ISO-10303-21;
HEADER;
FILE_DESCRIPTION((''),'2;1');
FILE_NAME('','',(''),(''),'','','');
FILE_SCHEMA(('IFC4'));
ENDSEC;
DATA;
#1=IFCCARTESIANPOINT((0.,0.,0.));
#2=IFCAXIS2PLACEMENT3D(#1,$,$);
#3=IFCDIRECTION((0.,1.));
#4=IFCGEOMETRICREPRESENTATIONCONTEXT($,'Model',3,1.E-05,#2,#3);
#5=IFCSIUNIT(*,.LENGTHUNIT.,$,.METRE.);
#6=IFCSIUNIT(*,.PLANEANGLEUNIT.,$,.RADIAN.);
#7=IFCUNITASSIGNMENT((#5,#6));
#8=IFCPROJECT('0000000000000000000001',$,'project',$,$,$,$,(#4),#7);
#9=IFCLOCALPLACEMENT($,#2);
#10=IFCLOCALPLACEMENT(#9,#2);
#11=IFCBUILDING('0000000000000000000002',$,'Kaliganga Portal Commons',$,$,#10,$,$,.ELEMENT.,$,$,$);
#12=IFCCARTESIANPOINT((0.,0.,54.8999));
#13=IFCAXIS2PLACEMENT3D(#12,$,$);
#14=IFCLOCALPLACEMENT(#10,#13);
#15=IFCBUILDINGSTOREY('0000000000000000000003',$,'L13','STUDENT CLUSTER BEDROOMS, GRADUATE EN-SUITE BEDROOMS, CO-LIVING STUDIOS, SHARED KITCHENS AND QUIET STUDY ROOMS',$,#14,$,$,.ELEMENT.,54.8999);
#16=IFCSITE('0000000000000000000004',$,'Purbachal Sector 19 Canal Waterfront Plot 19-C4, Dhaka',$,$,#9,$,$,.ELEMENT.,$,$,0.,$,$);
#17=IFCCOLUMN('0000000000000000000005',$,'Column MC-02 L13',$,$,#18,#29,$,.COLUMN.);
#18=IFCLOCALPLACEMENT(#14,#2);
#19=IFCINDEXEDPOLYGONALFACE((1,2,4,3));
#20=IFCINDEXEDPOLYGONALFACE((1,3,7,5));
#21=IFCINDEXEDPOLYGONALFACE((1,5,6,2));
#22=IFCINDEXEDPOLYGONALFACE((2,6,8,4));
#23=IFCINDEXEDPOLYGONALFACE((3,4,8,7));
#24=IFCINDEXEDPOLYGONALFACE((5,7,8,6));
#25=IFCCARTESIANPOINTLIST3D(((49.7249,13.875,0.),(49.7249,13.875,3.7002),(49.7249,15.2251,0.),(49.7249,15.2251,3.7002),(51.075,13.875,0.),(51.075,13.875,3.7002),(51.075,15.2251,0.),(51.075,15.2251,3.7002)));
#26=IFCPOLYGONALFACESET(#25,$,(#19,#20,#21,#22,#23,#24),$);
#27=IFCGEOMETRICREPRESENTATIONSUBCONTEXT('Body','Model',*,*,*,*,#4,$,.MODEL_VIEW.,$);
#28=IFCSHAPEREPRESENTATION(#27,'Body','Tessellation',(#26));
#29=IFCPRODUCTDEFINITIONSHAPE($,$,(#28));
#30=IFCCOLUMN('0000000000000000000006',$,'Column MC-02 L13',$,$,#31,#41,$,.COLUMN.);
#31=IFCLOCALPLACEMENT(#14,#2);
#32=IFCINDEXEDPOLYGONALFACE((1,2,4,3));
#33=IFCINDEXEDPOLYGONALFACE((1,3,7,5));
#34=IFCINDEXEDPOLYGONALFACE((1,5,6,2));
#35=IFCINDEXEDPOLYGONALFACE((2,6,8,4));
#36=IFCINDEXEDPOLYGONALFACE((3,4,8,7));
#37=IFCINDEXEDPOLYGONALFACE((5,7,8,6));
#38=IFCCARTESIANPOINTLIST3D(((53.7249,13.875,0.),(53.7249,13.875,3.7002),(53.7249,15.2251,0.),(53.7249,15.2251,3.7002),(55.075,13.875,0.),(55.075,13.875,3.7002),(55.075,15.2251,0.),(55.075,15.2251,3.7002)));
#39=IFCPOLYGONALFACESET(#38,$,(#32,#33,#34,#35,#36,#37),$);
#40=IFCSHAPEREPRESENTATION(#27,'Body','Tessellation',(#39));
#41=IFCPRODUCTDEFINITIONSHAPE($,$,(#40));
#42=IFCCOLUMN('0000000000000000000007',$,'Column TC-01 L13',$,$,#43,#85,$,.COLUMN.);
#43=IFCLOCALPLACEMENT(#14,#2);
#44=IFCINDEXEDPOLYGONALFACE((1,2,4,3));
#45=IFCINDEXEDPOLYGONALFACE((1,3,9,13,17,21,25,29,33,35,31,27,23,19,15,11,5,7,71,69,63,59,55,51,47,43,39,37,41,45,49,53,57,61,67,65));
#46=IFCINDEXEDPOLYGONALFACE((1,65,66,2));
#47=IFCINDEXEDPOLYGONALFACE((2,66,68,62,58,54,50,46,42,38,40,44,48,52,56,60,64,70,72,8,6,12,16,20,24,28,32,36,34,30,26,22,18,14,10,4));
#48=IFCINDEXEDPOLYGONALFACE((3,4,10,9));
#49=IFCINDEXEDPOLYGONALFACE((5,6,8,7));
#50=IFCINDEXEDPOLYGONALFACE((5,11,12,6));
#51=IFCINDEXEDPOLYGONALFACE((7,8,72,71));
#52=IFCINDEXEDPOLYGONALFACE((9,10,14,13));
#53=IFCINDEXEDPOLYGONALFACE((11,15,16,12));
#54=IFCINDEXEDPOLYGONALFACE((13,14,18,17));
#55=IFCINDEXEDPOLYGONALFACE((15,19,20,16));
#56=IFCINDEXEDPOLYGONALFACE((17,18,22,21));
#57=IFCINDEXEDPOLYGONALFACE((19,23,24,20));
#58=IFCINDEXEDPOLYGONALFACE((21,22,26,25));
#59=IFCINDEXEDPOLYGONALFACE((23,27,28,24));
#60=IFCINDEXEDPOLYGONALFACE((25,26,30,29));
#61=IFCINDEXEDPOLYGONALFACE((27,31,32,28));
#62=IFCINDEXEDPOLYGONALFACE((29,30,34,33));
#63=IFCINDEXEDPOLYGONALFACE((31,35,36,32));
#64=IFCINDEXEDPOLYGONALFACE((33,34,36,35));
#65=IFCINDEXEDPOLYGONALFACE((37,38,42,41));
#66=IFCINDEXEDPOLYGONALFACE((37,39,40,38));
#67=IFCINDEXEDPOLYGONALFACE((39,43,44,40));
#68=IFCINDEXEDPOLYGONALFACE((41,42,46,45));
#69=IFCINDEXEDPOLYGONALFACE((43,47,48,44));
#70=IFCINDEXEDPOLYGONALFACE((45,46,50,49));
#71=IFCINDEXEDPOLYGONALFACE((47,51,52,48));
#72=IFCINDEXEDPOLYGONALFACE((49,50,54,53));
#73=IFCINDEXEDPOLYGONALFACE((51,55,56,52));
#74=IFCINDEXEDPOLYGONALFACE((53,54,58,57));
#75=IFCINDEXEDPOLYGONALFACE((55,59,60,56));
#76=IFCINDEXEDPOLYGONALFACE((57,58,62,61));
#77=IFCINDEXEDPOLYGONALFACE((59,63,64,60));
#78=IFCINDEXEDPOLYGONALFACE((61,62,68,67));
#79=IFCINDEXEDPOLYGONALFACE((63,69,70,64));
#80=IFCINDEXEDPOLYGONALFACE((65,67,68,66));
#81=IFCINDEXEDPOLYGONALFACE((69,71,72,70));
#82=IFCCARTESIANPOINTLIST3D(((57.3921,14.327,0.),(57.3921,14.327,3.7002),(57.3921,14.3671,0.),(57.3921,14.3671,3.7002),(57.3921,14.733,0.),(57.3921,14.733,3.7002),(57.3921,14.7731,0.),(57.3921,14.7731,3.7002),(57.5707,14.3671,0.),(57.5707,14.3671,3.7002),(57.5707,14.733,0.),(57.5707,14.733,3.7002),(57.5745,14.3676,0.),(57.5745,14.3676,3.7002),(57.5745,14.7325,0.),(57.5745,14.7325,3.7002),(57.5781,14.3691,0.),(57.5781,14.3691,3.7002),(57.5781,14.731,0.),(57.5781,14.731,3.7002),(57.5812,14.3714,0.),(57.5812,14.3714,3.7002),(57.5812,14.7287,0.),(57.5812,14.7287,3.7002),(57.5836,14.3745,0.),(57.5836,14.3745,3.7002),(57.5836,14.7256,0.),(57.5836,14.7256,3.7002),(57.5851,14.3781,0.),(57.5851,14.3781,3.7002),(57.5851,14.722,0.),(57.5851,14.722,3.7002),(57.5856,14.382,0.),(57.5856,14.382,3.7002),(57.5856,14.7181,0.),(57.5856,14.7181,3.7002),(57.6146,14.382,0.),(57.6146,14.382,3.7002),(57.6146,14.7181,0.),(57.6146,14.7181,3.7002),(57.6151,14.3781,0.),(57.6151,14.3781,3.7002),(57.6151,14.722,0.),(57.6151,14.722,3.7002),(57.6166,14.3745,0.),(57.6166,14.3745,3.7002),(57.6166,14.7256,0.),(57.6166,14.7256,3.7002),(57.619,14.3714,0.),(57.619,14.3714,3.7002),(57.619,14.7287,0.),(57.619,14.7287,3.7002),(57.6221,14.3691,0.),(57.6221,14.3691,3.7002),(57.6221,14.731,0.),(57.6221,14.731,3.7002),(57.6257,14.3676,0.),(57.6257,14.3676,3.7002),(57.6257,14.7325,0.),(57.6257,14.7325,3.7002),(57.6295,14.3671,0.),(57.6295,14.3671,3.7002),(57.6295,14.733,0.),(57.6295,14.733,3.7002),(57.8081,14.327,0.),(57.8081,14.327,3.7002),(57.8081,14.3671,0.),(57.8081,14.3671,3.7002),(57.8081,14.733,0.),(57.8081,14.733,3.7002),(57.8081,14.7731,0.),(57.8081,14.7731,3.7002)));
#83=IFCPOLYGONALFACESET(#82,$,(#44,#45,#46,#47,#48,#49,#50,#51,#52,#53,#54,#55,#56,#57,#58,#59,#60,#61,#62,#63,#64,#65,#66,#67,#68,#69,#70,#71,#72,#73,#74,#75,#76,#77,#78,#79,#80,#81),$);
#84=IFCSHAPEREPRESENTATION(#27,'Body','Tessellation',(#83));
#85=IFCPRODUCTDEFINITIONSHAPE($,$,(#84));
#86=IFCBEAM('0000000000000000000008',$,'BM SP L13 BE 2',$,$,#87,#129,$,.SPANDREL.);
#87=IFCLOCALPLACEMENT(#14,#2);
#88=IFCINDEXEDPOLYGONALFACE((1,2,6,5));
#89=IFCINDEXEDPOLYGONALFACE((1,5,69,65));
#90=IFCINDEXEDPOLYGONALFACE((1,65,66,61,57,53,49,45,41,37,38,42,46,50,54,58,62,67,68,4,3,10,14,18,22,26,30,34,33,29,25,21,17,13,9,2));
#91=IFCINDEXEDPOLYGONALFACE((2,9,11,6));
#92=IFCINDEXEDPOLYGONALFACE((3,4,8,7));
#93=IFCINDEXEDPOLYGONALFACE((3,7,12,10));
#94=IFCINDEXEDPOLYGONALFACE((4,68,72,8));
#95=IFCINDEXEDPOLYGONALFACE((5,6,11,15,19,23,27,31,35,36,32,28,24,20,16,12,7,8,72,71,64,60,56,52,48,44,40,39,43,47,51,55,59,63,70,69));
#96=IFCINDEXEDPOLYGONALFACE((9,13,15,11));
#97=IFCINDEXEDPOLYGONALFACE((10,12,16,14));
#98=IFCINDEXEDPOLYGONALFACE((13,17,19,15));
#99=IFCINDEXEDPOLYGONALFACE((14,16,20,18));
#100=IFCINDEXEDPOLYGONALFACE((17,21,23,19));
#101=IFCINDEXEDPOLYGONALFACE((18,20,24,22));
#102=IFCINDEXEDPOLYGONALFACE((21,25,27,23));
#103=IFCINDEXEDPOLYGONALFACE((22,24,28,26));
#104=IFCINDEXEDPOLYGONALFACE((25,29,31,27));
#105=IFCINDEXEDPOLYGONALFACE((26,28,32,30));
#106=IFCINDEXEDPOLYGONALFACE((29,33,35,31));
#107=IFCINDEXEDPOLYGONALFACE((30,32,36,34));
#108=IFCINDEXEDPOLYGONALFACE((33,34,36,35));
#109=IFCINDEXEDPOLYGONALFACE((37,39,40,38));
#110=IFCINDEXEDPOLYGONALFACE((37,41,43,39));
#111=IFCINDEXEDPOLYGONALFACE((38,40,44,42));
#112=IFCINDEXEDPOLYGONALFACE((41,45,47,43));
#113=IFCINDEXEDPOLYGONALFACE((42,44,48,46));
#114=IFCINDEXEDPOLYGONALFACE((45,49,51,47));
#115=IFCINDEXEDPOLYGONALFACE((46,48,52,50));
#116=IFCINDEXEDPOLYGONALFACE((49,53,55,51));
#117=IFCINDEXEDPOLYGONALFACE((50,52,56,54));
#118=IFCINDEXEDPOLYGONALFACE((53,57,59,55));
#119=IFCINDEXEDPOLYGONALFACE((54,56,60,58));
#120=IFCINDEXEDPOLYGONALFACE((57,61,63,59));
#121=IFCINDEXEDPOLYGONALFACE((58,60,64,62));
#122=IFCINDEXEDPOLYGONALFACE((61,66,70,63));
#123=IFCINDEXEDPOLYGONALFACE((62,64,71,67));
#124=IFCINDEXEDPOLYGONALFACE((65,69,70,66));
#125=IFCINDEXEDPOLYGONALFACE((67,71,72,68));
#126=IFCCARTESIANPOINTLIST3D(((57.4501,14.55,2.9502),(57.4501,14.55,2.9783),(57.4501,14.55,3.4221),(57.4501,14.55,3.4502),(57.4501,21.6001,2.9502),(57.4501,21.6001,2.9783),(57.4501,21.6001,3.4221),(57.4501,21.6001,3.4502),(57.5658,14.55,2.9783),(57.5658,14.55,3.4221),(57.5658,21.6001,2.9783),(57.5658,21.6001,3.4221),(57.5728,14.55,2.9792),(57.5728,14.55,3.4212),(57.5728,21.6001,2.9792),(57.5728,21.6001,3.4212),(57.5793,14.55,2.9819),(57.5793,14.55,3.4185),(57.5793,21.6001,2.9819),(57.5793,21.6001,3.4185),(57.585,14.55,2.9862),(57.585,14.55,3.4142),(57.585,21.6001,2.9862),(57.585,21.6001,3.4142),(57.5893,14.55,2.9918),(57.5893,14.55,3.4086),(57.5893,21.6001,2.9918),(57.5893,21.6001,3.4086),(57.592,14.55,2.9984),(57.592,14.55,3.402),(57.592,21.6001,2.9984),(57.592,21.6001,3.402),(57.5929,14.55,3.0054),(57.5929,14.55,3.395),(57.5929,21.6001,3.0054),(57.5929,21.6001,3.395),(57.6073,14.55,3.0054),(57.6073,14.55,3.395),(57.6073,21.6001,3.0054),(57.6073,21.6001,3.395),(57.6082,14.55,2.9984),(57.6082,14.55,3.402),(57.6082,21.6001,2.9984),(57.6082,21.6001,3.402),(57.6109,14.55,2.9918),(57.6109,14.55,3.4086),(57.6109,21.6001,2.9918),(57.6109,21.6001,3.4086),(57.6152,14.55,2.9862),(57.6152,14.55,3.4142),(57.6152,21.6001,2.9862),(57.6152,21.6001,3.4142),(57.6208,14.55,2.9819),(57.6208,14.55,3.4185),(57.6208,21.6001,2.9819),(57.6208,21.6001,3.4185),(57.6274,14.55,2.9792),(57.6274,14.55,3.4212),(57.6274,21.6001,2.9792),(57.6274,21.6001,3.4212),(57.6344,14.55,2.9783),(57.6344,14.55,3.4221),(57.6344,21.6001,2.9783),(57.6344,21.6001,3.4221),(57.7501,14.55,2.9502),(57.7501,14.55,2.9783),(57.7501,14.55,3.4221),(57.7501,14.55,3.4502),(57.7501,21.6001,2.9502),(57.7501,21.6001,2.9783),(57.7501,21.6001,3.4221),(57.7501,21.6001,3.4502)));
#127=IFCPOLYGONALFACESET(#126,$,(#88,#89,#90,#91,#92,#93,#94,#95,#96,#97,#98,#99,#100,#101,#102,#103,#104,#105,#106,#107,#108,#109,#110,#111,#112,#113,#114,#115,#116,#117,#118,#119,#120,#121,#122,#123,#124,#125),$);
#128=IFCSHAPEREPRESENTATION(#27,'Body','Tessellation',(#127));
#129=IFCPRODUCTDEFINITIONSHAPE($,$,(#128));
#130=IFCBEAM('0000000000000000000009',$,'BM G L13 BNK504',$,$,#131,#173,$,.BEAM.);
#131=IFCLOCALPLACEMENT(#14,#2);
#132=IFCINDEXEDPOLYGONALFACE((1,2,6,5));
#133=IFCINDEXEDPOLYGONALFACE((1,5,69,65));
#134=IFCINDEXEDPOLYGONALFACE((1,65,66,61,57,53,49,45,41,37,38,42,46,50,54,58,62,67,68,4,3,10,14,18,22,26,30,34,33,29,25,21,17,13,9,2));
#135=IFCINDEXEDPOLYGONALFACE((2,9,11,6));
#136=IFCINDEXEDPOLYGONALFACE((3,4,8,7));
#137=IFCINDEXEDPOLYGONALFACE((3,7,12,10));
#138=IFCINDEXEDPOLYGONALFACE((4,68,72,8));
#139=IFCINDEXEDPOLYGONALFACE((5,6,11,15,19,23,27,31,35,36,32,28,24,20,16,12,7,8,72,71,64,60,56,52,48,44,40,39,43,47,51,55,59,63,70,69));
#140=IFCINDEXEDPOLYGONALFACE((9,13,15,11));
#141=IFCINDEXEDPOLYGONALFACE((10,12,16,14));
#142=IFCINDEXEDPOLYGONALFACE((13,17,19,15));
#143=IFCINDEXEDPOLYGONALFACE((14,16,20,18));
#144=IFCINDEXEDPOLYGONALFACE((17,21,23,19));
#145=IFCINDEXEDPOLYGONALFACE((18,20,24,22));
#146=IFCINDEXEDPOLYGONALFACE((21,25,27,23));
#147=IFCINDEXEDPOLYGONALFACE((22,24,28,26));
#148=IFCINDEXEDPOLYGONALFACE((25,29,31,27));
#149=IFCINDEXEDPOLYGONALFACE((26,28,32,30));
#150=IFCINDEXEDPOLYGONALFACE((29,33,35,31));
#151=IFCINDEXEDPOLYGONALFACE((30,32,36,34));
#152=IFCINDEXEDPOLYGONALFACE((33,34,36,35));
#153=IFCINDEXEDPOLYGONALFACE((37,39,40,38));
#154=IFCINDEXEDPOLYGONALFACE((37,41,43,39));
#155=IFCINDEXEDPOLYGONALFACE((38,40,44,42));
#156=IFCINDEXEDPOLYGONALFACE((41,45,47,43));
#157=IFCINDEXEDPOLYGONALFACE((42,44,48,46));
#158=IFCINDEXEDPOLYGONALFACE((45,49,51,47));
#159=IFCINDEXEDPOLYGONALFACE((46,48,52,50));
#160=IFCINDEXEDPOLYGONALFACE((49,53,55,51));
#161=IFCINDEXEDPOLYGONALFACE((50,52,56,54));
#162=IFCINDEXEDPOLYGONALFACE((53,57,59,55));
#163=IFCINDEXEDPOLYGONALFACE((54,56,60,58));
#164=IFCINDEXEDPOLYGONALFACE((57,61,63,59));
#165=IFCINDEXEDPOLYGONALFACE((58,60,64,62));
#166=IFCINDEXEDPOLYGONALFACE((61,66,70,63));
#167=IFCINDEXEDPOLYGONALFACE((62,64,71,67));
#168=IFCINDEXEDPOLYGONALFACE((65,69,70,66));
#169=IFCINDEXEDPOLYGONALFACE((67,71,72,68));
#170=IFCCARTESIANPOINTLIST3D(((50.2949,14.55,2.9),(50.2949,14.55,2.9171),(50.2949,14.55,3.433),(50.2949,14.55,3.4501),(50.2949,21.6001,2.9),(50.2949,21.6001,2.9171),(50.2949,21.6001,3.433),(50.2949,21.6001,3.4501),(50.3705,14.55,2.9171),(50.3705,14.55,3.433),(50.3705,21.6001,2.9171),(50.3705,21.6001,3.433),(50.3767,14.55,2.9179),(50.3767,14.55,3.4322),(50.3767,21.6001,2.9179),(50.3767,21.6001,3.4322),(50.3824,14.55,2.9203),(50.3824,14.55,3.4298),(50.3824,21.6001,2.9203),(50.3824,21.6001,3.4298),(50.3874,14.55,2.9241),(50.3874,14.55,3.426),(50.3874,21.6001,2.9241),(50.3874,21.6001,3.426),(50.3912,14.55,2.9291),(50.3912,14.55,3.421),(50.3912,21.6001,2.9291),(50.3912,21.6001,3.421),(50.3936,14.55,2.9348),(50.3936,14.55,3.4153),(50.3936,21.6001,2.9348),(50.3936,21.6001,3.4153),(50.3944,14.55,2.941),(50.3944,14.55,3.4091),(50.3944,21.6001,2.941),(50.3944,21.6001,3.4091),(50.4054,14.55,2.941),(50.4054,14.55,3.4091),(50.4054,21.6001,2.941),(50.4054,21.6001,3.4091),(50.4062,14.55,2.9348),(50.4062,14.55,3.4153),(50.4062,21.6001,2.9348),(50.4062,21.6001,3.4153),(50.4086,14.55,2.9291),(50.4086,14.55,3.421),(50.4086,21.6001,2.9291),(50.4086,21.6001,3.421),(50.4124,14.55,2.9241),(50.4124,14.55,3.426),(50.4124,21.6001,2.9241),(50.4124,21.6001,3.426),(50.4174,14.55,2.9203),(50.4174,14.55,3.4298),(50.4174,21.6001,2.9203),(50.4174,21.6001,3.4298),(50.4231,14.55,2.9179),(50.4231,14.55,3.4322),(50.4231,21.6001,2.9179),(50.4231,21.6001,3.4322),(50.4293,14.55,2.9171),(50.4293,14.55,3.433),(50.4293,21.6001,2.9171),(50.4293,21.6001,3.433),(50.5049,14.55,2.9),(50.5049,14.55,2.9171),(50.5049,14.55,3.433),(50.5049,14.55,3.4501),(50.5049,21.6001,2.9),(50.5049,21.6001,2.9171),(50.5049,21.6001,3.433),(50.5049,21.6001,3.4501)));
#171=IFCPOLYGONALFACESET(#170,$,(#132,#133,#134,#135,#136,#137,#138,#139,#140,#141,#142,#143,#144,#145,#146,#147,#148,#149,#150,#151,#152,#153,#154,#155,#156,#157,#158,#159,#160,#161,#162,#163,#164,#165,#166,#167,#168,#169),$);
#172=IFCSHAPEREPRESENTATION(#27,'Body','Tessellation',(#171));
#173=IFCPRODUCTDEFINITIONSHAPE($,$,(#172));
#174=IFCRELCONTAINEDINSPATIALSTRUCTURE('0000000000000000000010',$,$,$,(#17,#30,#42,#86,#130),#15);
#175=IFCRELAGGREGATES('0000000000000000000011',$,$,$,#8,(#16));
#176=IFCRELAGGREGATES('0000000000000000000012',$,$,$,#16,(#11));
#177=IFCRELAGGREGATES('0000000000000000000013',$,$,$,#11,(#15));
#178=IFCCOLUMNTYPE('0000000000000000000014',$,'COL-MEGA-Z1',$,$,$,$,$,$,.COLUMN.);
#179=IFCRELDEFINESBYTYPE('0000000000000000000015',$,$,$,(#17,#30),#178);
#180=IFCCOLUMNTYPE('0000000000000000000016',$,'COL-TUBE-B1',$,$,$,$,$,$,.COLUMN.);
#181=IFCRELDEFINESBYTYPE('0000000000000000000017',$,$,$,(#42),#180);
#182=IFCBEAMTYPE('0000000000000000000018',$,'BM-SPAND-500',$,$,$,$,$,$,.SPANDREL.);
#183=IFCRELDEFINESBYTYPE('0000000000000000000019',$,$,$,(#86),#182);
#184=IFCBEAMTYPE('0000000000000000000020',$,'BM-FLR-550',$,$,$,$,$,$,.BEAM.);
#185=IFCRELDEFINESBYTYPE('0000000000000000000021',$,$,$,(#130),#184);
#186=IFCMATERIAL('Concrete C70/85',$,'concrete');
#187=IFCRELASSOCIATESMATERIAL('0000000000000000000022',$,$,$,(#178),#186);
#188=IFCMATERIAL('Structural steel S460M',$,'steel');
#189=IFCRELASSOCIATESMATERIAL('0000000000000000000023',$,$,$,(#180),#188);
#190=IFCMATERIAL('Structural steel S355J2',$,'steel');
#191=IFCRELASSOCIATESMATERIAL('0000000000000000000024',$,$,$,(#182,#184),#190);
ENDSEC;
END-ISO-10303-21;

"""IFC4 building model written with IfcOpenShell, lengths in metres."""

from ifc_helpers import new_model, si_unit, direction, frame, origin, origin_2d, place, context, subcontext, project, spatial, rectangle, i_section, extrude, source, transform, mapped, material, material_profile, profile_set, type_object, element, save


model = new_model("IFC4")

# Units and contexts
model_context = context("Model", 3, precision=1e-05, world=origin(), true_north=direction((0.0, 1.0)))
body_context = subcontext(model_context, "Body", "Model", "MODEL_VIEW")
ifc_project = project(units=[si_unit("LENGTHUNIT", "METRE"), si_unit("PLANEANGLEUNIT", "RADIAN")], contexts=[model_context])

# Site, building, storey
site_placement = place(None, origin())
site = spatial("IfcSite", under=ifc_project, at=site_placement, Name="Purbachal Sector 19 Canal Waterfront Plot 19-C4, Dhaka", CompositionType="ELEMENT", RefElevation=0.0)
building_placement = place(site_placement, origin())
building = spatial("IfcBuilding", under=site, at=building_placement, Name="Kaliganga Portal Commons", CompositionType="ELEMENT")
storey_placement = place(building_placement, frame((0.0, 0.0, 54.8999)))
storey = spatial("IfcBuildingStorey", under=building, at=storey_placement, Name="L13", Description="STUDENT CLUSTER BEDROOMS, GRADUATE EN-SUITE BEDROOMS, CO-LIVING STUDIOS, SHARED KITCHENS AND QUIET STUDY ROOMS", CompositionType="ELEMENT", Elevation=54.8999)

# Columns
ifc_material_1 = material(Name="Concrete C70/85", Category="concrete")
ifc_material_profile_1 = material_profile(ifc_material_1, rectangle(XDim=1.3501, YDim=1.3501, at=origin_2d()), Name="RC 1350x1350")
ifc_profile_set_1 = profile_set([ifc_material_profile_1], Name="Concrete C70/85")
column_type_1 = type_object("IfcColumnType", Name="COL-MEGA-Z1", PredefinedType="COLUMN", material=ifc_profile_set_1)
shared_shape_1 = source(origin(), body_context, "Body", "SweptSolid", [
    extrude(rectangle(XDim=1.3501, YDim=1.3501, at=origin_2d()), origin(), (0.0, 0.0, 1.0), 3.7002),
])
for number, where, z_axis, x_axis, name in (
    (1, (50.3999, 14.55, 0.0), (0.0, 0.0, 1.0), (1.0, 0.0, 0.0), "Column MC-02 L13"),
    (2, (54.3999, 14.55, 0.0), (0.0, 0.0, 1.0), (1.0, 0.0, 0.0), "Column MC-02 L13"),
):
    element("IfcColumn", number, at=place(storey_placement, frame(where, z_axis=z_axis, x_axis=x_axis)), inside=storey, type_object=column_type_1, Name=name, PredefinedType="COLUMN", context=body_context, shape_type="MappedRepresentation", body=[
        mapped(shared_shape_1, transform((0.0, 0.0, 0.0), x_axis=(1.0, 0.0, 0.0), y_axis=(0.0, 1.0, 0.0), z_axis=(0.0, 0.0, 1.0), scale=1.0)),
    ])
ifc_material_2 = material(Name="Structural steel S460M", Category="steel")
ifc_material_profile_2 = material_profile(ifc_material_2, i_section(OverallWidth=0.416, OverallDepth=0.446, WebThickness=0.0291, FlangeThickness=0.04, FilletRadius=0.0149, at=origin_2d()), Name="HD 400x509")
ifc_profile_set_2 = profile_set([ifc_material_profile_2], Name="Structural steel S460M wide-flange")
column_type_2 = type_object("IfcColumnType", Name="COL-TUBE-B1", PredefinedType="COLUMN", material=ifc_profile_set_2)
shared_shape_2 = source(origin(), body_context, "Body", "SweptSolid", [
    extrude(i_section(OverallWidth=0.416, OverallDepth=0.446, WebThickness=0.0291, FlangeThickness=0.04, FilletRadius=0.0149, at=origin_2d()), origin(), (0.0, 0.0, 1.0), 3.7002),
])
column_placement = place(storey_placement, frame((57.6001, 14.55, 0.0), z_axis=(0.0, 0.0, 1.0), x_axis=(1.0, 0.0, 0.0)))
element("IfcColumn", 3, at=column_placement, inside=storey, type_object=column_type_2, Name="Column TC-01 L13", PredefinedType="COLUMN", context=body_context, shape_type="MappedRepresentation", body=[
    mapped(shared_shape_2, transform((0.0, 0.0, 0.0), x_axis=(1.0, 0.0, 0.0), y_axis=(0.0, 1.0, 0.0), z_axis=(0.0, 0.0, 1.0), scale=1.0)),
])

# Beams
ifc_material_3 = material(Name="Structural steel S355J2", Category="steel")
ifc_material_profile_3 = material_profile(ifc_material_3, i_section(OverallWidth=0.3, OverallDepth=0.5, WebThickness=0.0144, FlangeThickness=0.0281, FilletRadius=0.0271, at=origin_2d()), Name="HE 500 B")
ifc_profile_set_3 = profile_set([ifc_material_profile_3], Name="Structural steel S355J2 wide-flange")
beam_type_1 = type_object("IfcBeamType", Name="BM-SPAND-500", PredefinedType="SPANDREL", material=ifc_profile_set_3)
shared_shape_3 = source(origin(), body_context, "Body", "SweptSolid", [
    extrude(i_section(OverallWidth=0.3, OverallDepth=0.5, WebThickness=0.0144, FlangeThickness=0.0281, FilletRadius=0.0271, at=origin_2d()), origin(), (0.0, 0.0, 1.0), 7.05),
])
beam_1_placement = place(storey_placement, frame((57.6001, 14.55, 3.2002), z_axis=(0.0, 1.0, 0.0), x_axis=(-1.0, 0.0, 0.0)))
element("IfcBeam", 4, at=beam_1_placement, inside=storey, type_object=beam_type_1, Name="BM SP L13 BE 2", PredefinedType="SPANDREL", context=body_context, shape_type="MappedRepresentation", body=[
    mapped(shared_shape_3, transform((0.0, 0.0, 0.0), x_axis=(1.0, 0.0, 0.0), y_axis=(0.0, 1.0, 0.0), z_axis=(0.0, 0.0, 1.0), scale=1.0)),
])
ifc_material_profile_4 = material_profile(ifc_material_3, i_section(OverallWidth=0.21, OverallDepth=0.55, WebThickness=0.011, FlangeThickness=0.0171, FilletRadius=0.0239, at=origin_2d()), Name="IPE 550")
ifc_profile_set_4 = profile_set([ifc_material_profile_4], Name="Structural steel S355J2 wide-flange")
beam_type_2 = type_object("IfcBeamType", Name="BM-FLR-550", PredefinedType="BEAM", material=ifc_profile_set_4)
shared_shape_4 = source(origin(), body_context, "Body", "SweptSolid", [
    extrude(i_section(OverallWidth=0.21, OverallDepth=0.55, WebThickness=0.011, FlangeThickness=0.0171, FilletRadius=0.0239, at=origin_2d()), origin(), (0.0, 0.0, 1.0), 7.05),
])
for number, where, z_axis, x_axis, name in (
    (5, (50.3999, 14.55, 3.175), (0.0, 1.0, 0.0), (-1.0, 0.0, 0.0), "BM G L13 BNK504"),
):
    element("IfcBeam", number, at=place(storey_placement, frame(where, z_axis=z_axis, x_axis=x_axis)), inside=storey, type_object=beam_type_2, Name=name, PredefinedType="BEAM", context=body_context, shape_type="MappedRepresentation", body=[
        mapped(shared_shape_4, transform((0.0, 0.0, 0.0), x_axis=(1.0, 0.0, 0.0), y_axis=(0.0, 1.0, 0.0), z_axis=(0.0, 0.0, 1.0), scale=1.0)),
    ])

save(model, "model.ifc")
